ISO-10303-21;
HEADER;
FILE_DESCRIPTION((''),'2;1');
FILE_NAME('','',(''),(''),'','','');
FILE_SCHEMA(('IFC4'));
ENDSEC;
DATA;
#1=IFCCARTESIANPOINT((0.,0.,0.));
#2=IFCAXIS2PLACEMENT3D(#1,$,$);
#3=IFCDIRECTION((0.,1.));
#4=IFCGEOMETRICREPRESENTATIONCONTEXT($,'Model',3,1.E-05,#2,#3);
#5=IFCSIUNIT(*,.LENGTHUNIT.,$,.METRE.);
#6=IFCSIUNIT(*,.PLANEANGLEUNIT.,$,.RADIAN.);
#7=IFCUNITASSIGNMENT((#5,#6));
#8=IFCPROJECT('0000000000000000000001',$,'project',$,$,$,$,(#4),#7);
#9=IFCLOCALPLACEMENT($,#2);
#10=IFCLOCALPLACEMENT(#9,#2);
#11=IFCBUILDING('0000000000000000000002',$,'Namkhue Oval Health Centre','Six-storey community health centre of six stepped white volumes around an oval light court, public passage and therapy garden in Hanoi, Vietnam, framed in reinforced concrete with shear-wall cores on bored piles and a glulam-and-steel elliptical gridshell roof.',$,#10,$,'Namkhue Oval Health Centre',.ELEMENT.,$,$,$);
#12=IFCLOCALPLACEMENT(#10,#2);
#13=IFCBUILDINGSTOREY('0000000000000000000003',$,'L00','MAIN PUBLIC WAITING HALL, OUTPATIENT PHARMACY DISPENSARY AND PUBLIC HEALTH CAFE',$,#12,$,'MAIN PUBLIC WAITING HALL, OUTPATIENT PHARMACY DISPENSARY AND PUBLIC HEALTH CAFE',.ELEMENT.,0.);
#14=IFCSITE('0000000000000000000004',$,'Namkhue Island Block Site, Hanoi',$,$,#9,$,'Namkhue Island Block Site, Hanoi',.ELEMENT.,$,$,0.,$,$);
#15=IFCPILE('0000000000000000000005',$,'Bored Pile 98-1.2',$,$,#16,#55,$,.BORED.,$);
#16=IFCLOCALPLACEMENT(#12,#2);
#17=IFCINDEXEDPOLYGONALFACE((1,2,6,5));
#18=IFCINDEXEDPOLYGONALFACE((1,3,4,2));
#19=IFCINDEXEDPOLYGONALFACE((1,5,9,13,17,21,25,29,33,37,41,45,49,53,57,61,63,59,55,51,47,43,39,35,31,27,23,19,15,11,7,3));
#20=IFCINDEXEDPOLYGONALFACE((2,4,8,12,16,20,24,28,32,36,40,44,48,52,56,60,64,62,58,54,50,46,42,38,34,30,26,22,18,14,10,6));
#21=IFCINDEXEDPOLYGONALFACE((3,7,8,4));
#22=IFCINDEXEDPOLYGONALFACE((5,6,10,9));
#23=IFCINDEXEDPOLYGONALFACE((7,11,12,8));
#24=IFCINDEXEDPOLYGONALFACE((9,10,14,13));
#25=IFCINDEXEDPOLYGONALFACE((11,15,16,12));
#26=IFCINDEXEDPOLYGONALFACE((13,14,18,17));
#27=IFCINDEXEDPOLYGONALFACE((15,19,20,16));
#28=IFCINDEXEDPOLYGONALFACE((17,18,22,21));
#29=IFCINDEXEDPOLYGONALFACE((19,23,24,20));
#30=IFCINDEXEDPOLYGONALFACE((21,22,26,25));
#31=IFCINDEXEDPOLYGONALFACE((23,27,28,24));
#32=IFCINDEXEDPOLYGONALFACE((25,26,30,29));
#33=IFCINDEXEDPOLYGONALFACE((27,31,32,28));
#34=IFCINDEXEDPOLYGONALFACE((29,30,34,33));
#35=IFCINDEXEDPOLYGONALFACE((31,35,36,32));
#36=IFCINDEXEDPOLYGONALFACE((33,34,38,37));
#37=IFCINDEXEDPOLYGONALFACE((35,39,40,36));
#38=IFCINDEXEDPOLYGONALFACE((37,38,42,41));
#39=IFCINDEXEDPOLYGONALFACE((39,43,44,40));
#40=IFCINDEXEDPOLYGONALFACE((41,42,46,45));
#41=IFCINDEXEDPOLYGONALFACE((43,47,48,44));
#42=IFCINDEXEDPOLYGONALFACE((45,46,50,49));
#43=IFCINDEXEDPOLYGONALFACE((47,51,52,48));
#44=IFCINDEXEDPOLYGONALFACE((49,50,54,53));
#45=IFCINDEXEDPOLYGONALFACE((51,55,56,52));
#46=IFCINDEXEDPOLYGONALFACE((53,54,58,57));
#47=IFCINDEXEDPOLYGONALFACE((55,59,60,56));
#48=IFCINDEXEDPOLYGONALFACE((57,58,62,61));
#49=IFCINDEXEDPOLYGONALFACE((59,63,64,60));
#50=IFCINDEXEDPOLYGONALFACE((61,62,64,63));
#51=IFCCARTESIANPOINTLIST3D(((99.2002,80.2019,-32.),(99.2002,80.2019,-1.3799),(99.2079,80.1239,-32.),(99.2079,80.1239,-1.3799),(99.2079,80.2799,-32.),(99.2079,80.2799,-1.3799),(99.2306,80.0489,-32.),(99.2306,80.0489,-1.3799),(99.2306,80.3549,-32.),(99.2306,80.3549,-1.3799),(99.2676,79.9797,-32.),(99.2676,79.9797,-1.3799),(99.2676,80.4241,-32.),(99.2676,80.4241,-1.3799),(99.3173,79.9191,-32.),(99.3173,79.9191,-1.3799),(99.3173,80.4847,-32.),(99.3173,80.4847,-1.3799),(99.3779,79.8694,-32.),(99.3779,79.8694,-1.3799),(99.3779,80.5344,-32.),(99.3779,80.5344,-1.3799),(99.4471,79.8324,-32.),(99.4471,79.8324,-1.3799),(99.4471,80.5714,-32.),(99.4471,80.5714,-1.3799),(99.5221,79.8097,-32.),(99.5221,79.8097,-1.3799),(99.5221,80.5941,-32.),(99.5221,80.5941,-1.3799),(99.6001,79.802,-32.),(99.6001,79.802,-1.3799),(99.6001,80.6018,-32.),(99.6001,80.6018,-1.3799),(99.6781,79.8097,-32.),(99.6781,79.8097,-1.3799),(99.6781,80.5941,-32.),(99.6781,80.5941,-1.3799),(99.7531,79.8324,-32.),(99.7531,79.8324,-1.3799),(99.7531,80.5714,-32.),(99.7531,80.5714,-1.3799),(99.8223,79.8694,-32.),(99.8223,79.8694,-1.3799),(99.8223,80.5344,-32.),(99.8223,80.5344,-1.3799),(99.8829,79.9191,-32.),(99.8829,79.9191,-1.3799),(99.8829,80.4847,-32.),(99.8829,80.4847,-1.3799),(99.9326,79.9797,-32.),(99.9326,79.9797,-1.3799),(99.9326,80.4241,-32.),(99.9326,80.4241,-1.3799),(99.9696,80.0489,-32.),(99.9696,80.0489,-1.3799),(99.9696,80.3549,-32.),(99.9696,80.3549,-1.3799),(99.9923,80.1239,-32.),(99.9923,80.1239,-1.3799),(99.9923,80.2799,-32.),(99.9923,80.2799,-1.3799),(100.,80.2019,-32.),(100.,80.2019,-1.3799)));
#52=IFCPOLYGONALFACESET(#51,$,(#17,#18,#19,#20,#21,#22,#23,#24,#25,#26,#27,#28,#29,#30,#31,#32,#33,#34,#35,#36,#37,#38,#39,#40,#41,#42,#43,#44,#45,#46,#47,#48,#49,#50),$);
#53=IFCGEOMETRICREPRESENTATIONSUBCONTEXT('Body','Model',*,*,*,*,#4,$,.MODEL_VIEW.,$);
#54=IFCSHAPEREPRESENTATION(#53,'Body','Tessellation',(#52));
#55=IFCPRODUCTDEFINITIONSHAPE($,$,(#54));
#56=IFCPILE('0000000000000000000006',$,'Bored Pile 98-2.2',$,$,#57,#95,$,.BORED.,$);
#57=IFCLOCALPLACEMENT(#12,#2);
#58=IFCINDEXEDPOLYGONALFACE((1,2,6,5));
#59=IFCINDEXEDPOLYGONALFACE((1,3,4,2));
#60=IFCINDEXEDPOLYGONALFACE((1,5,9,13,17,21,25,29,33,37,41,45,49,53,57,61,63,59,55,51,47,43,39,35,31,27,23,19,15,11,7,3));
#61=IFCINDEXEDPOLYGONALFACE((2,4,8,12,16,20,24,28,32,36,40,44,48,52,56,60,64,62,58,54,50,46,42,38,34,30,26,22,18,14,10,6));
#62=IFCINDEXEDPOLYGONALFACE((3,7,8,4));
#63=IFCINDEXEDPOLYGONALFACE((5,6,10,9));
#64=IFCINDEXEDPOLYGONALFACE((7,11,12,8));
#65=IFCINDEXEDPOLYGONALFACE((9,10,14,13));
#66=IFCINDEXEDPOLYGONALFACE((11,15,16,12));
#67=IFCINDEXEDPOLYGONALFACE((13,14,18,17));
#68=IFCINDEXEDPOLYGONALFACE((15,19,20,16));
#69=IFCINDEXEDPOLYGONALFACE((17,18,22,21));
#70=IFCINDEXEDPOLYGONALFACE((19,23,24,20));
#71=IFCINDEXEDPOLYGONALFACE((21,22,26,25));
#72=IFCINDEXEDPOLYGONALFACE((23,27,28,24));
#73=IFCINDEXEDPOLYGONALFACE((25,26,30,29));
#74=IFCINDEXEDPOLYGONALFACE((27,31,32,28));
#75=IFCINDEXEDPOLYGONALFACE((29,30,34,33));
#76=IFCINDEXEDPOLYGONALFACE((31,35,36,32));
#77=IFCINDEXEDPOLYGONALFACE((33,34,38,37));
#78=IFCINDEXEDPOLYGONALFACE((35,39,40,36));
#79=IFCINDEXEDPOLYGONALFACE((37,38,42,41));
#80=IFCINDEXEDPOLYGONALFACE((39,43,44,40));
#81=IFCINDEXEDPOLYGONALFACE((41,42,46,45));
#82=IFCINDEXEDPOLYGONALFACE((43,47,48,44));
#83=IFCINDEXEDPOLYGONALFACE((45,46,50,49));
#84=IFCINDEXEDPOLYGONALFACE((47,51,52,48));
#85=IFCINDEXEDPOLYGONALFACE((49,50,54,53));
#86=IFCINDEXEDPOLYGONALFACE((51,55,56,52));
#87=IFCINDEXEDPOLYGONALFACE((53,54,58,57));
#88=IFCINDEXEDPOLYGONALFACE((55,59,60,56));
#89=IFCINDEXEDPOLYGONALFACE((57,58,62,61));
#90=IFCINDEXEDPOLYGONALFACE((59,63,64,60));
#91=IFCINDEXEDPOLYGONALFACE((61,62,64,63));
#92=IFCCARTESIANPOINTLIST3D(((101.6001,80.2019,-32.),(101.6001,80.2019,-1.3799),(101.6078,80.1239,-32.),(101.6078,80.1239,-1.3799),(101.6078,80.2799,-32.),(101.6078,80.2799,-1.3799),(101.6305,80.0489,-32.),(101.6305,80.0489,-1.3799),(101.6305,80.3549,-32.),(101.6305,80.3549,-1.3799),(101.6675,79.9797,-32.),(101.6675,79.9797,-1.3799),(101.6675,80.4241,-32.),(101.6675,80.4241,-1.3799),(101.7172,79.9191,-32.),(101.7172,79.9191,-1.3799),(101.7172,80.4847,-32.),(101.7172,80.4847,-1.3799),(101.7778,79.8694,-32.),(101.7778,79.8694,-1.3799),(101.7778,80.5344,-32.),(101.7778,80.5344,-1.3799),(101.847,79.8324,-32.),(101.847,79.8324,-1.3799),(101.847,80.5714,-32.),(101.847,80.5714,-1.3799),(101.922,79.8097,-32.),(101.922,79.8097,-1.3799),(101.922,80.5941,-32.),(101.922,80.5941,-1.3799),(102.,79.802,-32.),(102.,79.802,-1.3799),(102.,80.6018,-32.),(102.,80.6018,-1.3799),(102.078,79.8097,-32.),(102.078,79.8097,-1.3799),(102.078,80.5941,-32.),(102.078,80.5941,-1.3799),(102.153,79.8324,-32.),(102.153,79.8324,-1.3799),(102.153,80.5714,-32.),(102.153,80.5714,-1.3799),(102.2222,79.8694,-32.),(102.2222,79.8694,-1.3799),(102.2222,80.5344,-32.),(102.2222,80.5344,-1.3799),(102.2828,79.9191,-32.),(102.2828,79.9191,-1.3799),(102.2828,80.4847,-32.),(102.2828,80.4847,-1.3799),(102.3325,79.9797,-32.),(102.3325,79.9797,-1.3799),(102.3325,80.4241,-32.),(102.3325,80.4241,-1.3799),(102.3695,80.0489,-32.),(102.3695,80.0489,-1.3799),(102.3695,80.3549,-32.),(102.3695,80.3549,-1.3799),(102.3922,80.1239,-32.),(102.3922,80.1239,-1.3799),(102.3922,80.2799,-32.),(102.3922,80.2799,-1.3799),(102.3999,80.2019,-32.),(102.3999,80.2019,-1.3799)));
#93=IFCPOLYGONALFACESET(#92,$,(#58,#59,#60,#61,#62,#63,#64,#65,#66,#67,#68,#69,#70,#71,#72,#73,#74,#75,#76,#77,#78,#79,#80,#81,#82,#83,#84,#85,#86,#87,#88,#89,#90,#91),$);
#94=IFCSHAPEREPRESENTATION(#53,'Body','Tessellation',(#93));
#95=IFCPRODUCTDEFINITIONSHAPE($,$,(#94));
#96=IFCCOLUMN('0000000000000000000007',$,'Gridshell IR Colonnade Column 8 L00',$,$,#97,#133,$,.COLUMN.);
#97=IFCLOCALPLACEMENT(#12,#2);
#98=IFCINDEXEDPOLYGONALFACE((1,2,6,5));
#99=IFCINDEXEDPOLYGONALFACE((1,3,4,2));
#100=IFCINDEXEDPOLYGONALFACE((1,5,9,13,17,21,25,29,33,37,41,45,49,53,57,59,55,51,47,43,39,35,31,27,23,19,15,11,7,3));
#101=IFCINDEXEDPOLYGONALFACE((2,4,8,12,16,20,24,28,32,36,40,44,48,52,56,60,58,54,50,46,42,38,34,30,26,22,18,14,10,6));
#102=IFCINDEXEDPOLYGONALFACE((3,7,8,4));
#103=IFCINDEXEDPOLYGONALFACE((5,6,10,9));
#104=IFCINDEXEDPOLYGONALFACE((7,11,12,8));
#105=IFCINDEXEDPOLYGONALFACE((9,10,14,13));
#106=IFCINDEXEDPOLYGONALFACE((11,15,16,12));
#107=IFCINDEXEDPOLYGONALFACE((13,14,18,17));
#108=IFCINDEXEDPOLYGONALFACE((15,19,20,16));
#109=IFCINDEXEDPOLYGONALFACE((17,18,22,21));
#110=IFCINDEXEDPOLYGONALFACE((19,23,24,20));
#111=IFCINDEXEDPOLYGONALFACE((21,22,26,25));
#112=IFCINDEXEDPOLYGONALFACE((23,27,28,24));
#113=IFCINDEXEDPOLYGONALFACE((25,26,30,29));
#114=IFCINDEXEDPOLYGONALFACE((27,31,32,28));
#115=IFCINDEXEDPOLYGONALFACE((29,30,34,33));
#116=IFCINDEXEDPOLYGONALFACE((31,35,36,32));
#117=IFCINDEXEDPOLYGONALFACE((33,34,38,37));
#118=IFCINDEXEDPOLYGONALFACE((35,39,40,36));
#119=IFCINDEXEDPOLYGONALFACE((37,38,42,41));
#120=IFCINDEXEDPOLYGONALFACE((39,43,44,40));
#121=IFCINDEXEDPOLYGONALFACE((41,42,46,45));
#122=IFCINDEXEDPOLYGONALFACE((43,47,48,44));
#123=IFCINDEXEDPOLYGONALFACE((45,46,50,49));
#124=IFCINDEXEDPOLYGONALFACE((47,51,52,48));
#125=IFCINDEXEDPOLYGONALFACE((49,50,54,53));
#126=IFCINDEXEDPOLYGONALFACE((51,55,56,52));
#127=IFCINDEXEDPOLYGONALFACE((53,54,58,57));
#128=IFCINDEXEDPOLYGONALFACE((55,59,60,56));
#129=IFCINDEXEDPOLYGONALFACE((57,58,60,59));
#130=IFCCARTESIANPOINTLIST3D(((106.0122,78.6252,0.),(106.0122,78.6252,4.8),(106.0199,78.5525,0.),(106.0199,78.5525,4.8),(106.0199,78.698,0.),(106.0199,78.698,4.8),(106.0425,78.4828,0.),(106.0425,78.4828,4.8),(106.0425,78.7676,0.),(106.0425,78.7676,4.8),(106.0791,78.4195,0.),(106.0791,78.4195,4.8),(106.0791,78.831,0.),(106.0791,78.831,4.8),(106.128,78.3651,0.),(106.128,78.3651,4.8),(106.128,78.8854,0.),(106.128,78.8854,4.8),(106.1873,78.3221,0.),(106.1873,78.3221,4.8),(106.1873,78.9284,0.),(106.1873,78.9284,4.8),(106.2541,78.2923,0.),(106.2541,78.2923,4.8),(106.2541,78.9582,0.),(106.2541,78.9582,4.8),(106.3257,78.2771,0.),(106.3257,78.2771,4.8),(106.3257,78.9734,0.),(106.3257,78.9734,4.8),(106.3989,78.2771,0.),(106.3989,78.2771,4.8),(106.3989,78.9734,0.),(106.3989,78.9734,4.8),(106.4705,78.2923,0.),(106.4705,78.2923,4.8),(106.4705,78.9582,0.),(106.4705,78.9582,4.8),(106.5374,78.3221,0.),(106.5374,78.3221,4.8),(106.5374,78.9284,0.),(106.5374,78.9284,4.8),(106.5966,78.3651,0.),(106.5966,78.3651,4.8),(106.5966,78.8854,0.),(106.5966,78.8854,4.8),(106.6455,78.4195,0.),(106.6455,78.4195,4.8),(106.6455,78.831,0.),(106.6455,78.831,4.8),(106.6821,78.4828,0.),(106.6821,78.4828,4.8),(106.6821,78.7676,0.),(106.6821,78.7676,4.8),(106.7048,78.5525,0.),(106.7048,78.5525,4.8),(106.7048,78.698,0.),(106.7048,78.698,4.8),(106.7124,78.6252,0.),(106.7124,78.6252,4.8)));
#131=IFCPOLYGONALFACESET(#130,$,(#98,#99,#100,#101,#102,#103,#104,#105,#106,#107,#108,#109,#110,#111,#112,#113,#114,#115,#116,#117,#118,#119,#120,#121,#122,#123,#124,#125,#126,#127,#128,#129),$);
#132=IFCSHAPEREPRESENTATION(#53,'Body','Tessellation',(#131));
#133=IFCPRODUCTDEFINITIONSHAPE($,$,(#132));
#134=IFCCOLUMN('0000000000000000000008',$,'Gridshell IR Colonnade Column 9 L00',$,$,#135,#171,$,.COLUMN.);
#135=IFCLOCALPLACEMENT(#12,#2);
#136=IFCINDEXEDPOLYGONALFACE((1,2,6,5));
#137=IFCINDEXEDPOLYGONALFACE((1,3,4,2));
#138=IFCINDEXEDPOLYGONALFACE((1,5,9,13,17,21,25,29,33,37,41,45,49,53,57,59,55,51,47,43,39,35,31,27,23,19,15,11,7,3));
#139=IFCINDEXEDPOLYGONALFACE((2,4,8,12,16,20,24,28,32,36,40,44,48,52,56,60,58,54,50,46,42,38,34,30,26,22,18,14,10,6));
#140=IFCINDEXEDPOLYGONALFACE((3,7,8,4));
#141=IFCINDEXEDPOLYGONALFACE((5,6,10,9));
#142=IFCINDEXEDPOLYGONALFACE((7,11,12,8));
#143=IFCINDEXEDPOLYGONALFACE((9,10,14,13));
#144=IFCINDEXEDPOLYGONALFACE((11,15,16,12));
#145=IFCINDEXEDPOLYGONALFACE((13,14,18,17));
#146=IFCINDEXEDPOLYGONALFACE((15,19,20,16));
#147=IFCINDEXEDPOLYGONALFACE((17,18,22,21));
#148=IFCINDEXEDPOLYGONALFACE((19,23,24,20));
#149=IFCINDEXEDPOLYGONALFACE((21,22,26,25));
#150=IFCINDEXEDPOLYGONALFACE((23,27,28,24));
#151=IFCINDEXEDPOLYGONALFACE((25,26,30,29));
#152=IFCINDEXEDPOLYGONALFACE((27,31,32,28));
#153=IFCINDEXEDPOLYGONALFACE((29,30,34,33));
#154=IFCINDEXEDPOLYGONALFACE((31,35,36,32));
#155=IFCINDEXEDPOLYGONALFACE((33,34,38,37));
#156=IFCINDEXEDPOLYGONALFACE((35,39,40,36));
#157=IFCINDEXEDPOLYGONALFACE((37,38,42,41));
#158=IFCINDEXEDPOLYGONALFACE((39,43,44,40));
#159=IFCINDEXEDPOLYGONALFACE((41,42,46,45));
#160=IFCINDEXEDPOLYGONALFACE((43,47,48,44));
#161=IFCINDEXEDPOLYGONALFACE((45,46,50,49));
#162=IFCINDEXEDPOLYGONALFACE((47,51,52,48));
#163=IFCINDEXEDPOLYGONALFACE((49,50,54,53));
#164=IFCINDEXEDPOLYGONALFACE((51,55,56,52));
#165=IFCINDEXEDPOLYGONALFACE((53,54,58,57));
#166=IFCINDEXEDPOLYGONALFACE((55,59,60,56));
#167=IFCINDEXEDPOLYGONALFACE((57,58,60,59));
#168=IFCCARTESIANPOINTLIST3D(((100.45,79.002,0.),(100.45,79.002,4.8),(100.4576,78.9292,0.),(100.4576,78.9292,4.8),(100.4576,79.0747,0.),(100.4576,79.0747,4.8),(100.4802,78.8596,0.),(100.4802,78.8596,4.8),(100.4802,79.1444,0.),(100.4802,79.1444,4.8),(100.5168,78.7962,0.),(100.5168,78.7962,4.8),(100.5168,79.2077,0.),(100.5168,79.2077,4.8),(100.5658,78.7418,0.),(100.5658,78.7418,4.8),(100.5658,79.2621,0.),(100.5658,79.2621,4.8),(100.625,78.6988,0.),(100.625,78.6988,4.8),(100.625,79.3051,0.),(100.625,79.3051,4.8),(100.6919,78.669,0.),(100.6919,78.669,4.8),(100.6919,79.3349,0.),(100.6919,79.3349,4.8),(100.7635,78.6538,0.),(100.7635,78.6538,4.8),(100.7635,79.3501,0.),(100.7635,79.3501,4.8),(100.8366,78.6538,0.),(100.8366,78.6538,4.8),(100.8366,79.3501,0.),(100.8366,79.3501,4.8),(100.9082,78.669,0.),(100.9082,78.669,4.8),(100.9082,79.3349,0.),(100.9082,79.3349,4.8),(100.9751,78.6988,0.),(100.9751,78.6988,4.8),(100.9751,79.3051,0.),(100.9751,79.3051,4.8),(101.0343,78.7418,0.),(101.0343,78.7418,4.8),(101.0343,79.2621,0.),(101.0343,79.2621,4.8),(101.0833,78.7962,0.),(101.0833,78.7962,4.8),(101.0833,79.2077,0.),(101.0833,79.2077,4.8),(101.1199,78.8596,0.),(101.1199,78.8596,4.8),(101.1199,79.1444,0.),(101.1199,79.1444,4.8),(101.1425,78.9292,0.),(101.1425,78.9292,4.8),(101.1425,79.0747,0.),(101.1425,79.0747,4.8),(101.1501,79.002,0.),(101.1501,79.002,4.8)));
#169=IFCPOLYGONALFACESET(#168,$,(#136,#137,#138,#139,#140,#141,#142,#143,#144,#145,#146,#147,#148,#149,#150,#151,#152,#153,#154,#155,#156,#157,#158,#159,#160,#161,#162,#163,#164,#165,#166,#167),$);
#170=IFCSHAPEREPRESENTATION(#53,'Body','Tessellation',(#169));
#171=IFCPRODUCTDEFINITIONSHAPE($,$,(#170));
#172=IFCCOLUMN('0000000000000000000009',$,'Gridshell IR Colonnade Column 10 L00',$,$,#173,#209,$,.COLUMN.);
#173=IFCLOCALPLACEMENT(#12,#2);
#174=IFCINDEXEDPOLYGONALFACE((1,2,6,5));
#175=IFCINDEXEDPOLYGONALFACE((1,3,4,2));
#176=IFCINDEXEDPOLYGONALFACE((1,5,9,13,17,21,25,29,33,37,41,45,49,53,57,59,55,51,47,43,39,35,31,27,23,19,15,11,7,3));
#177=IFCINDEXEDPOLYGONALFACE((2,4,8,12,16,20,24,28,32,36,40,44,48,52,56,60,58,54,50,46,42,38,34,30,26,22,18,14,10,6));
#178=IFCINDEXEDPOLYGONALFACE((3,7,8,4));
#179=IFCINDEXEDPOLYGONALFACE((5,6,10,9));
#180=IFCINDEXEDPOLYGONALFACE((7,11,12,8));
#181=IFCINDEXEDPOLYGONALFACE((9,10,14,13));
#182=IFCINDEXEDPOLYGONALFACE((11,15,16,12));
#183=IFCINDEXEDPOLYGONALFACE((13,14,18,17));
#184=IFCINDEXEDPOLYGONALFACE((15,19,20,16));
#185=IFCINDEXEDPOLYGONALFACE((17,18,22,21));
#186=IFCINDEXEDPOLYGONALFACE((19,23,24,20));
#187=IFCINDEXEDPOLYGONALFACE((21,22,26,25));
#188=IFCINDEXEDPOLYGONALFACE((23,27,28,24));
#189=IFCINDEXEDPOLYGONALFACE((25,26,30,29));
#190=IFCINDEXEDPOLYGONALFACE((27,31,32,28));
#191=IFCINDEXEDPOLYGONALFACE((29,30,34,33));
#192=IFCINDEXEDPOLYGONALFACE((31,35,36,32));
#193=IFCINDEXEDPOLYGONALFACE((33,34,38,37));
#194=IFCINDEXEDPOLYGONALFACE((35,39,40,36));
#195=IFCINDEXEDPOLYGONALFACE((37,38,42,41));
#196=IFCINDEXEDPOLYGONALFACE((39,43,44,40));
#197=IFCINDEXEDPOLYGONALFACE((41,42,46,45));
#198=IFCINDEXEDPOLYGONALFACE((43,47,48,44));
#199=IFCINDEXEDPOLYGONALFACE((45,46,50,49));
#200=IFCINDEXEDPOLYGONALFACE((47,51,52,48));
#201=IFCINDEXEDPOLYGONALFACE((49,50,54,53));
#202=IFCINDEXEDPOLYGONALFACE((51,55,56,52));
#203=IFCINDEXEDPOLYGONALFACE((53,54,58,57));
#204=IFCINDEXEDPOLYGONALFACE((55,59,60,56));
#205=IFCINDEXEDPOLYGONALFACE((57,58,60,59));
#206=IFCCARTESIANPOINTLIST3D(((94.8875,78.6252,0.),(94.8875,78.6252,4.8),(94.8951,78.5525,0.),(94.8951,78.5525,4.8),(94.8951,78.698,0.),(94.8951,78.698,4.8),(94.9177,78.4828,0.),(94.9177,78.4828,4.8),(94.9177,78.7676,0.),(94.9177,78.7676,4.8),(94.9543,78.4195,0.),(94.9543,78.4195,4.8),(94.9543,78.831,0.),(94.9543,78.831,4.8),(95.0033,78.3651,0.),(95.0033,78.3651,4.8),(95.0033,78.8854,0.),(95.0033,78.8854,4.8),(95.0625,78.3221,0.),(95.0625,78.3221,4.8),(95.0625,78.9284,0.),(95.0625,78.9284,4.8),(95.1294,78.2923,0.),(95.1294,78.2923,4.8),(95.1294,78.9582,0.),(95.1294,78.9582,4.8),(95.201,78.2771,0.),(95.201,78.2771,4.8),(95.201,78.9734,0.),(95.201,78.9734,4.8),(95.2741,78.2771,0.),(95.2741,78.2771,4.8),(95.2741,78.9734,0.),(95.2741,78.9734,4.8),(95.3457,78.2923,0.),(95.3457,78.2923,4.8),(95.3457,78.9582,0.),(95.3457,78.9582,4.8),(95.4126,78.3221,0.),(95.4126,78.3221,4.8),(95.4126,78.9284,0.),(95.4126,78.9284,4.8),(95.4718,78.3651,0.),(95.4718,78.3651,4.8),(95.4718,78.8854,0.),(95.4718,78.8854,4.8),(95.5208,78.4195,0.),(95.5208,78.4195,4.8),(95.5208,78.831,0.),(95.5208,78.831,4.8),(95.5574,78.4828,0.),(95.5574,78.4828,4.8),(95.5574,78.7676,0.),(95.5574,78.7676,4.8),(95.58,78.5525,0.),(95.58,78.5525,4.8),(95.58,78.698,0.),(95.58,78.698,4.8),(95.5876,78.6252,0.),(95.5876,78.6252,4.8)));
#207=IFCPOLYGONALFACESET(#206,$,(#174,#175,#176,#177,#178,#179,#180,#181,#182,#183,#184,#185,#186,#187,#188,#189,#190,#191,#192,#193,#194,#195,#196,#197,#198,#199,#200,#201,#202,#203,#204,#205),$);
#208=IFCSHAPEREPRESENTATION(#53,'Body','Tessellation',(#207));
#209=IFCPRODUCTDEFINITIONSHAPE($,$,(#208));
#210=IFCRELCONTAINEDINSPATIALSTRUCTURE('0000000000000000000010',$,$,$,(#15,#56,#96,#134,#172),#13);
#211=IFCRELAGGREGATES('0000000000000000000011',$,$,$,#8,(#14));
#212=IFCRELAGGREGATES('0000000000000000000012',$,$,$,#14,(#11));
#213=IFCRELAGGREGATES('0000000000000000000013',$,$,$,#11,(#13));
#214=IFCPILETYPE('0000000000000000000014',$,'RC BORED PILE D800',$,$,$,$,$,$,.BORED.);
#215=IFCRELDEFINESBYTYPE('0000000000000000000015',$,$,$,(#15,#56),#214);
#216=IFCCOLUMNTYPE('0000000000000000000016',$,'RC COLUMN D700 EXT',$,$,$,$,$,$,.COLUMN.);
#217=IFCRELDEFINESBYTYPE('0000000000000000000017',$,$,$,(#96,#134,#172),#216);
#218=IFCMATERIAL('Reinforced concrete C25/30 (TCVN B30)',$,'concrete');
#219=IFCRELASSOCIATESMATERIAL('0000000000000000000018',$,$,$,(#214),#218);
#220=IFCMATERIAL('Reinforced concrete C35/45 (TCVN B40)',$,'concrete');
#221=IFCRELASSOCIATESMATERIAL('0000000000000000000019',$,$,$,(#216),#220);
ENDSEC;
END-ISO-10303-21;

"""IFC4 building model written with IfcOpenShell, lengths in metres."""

from ifc_helpers import new_model, si_unit, direction, frame, origin, origin_2d, place, context, subcontext, project, spatial, circle, extrude, material, material_profile, profile_set, type_object, element, save


model = new_model("IFC4")

# Units and contexts
model_context = context("Model", 3, precision=1e-05, world=origin(), true_north=direction((0.0, 1.0)))
body_context = subcontext(model_context, "Body", "Model", "MODEL_VIEW")
ifc_project = project(units=[si_unit("LENGTHUNIT", "METRE"), si_unit("PLANEANGLEUNIT", "RADIAN")], contexts=[model_context])

# Site, building, storey
site_placement = place(None, origin())
site = spatial("IfcSite", under=ifc_project, at=site_placement, Name="Namkhue Island Block Site, Hanoi", LongName="Namkhue Island Block Site, Hanoi", CompositionType="ELEMENT", RefElevation=0.0)
building_placement = place(site_placement, origin())
building = spatial("IfcBuilding", under=site, at=building_placement, Name="Namkhue Oval Health Centre", Description="Six-storey community health centre of six stepped white volumes around an oval light court, public passage and therapy garden in Hanoi, Vietnam, framed in reinforced concrete with shear-wall cores on bored piles and a glulam-and-steel elliptical gridshell roof.", LongName="Namkhue Oval Health Centre", CompositionType="ELEMENT")
storey_placement = place(building_placement, origin())
storey = spatial("IfcBuildingStorey", under=building, at=storey_placement, Name="L00", Description="MAIN PUBLIC WAITING HALL, OUTPATIENT PHARMACY DISPENSARY AND PUBLIC HEALTH CAFE", LongName="MAIN PUBLIC WAITING HALL, OUTPATIENT PHARMACY DISPENSARY AND PUBLIC HEALTH CAFE", CompositionType="ELEMENT", Elevation=0.0)

# Piles
ifc_material_1 = material(Name="Reinforced concrete C25/30 (TCVN B30)", Category="concrete")
ifc_material_profile_1 = material_profile(ifc_material_1, circle(Radius=0.3999, at=origin_2d()), Name="BORED PILE D800")
ifc_profile_set_1 = profile_set([ifc_material_profile_1], Name="Reinforced concrete C25/30 (TCVN B30)")
pile_type_1 = type_object("IfcPileType", Name="RC BORED PILE D800", PredefinedType="BORED", material=ifc_profile_set_1)
for number, where, z_axis, x_axis, name in (
    (1, (99.6001, 80.2019, -1.3799), (0.0, 0.0, -1.0), (1.0, 0.0, 0.0), "Bored Pile 98-1.2"),
    (2, (102.0, 80.2019, -1.3799), (0.0, 0.0, -1.0), (1.0, 0.0, 0.0), "Bored Pile 98-2.2"),
):
    element("IfcPile", number, at=place(storey_placement, frame(where, z_axis=z_axis, x_axis=x_axis)), inside=storey, type_object=pile_type_1, Name=name, PredefinedType="BORED", context=body_context, shape_type="SweptSolid", body=[
        extrude(circle(Radius=0.3999, at=origin_2d()), origin(), (0.0, 0.0, 1.0), 30.6201),
    ])

# Columns
ifc_material_2 = material(Name="Reinforced concrete C35/45 (TCVN B40)", Category="concrete")
ifc_material_profile_2 = material_profile(ifc_material_2, circle(Radius=0.3501, at=origin_2d()), Name="RC D700")
ifc_profile_set_2 = profile_set([ifc_material_profile_2], Name="Reinforced concrete C35/45 (TCVN B40)")
column_type = type_object("IfcColumnType", Name="RC COLUMN D700 EXT", PredefinedType="COLUMN", material=ifc_profile_set_2)
for number, where, z_axis, x_axis, name in (
    (3, (106.3623, 78.6252, 0.0), (0.0, 0.0, 1.0), (1.0, 0.0, 0.0), "Gridshell IR Colonnade Column 8 L00"),
    (4, (100.8, 79.002, 0.0), (0.0, 0.0, 1.0), (1.0, 0.0, 0.0), "Gridshell IR Colonnade Column 9 L00"),
    (5, (95.2375, 78.6252, 0.0), (0.0, 0.0, 1.0), (1.0, 0.0, 0.0), "Gridshell IR Colonnade Column 10 L00"),
):
    element("IfcColumn", number, at=place(storey_placement, frame(where, z_axis=z_axis, x_axis=x_axis)), inside=storey, type_object=column_type, Name=name, PredefinedType="COLUMN", context=body_context, shape_type="SweptSolid", body=[
        extrude(circle(Radius=0.3501, at=origin_2d()), origin(), (0.0, 0.0, 1.0), 4.8),
    ])

save(model, "model.ifc")
